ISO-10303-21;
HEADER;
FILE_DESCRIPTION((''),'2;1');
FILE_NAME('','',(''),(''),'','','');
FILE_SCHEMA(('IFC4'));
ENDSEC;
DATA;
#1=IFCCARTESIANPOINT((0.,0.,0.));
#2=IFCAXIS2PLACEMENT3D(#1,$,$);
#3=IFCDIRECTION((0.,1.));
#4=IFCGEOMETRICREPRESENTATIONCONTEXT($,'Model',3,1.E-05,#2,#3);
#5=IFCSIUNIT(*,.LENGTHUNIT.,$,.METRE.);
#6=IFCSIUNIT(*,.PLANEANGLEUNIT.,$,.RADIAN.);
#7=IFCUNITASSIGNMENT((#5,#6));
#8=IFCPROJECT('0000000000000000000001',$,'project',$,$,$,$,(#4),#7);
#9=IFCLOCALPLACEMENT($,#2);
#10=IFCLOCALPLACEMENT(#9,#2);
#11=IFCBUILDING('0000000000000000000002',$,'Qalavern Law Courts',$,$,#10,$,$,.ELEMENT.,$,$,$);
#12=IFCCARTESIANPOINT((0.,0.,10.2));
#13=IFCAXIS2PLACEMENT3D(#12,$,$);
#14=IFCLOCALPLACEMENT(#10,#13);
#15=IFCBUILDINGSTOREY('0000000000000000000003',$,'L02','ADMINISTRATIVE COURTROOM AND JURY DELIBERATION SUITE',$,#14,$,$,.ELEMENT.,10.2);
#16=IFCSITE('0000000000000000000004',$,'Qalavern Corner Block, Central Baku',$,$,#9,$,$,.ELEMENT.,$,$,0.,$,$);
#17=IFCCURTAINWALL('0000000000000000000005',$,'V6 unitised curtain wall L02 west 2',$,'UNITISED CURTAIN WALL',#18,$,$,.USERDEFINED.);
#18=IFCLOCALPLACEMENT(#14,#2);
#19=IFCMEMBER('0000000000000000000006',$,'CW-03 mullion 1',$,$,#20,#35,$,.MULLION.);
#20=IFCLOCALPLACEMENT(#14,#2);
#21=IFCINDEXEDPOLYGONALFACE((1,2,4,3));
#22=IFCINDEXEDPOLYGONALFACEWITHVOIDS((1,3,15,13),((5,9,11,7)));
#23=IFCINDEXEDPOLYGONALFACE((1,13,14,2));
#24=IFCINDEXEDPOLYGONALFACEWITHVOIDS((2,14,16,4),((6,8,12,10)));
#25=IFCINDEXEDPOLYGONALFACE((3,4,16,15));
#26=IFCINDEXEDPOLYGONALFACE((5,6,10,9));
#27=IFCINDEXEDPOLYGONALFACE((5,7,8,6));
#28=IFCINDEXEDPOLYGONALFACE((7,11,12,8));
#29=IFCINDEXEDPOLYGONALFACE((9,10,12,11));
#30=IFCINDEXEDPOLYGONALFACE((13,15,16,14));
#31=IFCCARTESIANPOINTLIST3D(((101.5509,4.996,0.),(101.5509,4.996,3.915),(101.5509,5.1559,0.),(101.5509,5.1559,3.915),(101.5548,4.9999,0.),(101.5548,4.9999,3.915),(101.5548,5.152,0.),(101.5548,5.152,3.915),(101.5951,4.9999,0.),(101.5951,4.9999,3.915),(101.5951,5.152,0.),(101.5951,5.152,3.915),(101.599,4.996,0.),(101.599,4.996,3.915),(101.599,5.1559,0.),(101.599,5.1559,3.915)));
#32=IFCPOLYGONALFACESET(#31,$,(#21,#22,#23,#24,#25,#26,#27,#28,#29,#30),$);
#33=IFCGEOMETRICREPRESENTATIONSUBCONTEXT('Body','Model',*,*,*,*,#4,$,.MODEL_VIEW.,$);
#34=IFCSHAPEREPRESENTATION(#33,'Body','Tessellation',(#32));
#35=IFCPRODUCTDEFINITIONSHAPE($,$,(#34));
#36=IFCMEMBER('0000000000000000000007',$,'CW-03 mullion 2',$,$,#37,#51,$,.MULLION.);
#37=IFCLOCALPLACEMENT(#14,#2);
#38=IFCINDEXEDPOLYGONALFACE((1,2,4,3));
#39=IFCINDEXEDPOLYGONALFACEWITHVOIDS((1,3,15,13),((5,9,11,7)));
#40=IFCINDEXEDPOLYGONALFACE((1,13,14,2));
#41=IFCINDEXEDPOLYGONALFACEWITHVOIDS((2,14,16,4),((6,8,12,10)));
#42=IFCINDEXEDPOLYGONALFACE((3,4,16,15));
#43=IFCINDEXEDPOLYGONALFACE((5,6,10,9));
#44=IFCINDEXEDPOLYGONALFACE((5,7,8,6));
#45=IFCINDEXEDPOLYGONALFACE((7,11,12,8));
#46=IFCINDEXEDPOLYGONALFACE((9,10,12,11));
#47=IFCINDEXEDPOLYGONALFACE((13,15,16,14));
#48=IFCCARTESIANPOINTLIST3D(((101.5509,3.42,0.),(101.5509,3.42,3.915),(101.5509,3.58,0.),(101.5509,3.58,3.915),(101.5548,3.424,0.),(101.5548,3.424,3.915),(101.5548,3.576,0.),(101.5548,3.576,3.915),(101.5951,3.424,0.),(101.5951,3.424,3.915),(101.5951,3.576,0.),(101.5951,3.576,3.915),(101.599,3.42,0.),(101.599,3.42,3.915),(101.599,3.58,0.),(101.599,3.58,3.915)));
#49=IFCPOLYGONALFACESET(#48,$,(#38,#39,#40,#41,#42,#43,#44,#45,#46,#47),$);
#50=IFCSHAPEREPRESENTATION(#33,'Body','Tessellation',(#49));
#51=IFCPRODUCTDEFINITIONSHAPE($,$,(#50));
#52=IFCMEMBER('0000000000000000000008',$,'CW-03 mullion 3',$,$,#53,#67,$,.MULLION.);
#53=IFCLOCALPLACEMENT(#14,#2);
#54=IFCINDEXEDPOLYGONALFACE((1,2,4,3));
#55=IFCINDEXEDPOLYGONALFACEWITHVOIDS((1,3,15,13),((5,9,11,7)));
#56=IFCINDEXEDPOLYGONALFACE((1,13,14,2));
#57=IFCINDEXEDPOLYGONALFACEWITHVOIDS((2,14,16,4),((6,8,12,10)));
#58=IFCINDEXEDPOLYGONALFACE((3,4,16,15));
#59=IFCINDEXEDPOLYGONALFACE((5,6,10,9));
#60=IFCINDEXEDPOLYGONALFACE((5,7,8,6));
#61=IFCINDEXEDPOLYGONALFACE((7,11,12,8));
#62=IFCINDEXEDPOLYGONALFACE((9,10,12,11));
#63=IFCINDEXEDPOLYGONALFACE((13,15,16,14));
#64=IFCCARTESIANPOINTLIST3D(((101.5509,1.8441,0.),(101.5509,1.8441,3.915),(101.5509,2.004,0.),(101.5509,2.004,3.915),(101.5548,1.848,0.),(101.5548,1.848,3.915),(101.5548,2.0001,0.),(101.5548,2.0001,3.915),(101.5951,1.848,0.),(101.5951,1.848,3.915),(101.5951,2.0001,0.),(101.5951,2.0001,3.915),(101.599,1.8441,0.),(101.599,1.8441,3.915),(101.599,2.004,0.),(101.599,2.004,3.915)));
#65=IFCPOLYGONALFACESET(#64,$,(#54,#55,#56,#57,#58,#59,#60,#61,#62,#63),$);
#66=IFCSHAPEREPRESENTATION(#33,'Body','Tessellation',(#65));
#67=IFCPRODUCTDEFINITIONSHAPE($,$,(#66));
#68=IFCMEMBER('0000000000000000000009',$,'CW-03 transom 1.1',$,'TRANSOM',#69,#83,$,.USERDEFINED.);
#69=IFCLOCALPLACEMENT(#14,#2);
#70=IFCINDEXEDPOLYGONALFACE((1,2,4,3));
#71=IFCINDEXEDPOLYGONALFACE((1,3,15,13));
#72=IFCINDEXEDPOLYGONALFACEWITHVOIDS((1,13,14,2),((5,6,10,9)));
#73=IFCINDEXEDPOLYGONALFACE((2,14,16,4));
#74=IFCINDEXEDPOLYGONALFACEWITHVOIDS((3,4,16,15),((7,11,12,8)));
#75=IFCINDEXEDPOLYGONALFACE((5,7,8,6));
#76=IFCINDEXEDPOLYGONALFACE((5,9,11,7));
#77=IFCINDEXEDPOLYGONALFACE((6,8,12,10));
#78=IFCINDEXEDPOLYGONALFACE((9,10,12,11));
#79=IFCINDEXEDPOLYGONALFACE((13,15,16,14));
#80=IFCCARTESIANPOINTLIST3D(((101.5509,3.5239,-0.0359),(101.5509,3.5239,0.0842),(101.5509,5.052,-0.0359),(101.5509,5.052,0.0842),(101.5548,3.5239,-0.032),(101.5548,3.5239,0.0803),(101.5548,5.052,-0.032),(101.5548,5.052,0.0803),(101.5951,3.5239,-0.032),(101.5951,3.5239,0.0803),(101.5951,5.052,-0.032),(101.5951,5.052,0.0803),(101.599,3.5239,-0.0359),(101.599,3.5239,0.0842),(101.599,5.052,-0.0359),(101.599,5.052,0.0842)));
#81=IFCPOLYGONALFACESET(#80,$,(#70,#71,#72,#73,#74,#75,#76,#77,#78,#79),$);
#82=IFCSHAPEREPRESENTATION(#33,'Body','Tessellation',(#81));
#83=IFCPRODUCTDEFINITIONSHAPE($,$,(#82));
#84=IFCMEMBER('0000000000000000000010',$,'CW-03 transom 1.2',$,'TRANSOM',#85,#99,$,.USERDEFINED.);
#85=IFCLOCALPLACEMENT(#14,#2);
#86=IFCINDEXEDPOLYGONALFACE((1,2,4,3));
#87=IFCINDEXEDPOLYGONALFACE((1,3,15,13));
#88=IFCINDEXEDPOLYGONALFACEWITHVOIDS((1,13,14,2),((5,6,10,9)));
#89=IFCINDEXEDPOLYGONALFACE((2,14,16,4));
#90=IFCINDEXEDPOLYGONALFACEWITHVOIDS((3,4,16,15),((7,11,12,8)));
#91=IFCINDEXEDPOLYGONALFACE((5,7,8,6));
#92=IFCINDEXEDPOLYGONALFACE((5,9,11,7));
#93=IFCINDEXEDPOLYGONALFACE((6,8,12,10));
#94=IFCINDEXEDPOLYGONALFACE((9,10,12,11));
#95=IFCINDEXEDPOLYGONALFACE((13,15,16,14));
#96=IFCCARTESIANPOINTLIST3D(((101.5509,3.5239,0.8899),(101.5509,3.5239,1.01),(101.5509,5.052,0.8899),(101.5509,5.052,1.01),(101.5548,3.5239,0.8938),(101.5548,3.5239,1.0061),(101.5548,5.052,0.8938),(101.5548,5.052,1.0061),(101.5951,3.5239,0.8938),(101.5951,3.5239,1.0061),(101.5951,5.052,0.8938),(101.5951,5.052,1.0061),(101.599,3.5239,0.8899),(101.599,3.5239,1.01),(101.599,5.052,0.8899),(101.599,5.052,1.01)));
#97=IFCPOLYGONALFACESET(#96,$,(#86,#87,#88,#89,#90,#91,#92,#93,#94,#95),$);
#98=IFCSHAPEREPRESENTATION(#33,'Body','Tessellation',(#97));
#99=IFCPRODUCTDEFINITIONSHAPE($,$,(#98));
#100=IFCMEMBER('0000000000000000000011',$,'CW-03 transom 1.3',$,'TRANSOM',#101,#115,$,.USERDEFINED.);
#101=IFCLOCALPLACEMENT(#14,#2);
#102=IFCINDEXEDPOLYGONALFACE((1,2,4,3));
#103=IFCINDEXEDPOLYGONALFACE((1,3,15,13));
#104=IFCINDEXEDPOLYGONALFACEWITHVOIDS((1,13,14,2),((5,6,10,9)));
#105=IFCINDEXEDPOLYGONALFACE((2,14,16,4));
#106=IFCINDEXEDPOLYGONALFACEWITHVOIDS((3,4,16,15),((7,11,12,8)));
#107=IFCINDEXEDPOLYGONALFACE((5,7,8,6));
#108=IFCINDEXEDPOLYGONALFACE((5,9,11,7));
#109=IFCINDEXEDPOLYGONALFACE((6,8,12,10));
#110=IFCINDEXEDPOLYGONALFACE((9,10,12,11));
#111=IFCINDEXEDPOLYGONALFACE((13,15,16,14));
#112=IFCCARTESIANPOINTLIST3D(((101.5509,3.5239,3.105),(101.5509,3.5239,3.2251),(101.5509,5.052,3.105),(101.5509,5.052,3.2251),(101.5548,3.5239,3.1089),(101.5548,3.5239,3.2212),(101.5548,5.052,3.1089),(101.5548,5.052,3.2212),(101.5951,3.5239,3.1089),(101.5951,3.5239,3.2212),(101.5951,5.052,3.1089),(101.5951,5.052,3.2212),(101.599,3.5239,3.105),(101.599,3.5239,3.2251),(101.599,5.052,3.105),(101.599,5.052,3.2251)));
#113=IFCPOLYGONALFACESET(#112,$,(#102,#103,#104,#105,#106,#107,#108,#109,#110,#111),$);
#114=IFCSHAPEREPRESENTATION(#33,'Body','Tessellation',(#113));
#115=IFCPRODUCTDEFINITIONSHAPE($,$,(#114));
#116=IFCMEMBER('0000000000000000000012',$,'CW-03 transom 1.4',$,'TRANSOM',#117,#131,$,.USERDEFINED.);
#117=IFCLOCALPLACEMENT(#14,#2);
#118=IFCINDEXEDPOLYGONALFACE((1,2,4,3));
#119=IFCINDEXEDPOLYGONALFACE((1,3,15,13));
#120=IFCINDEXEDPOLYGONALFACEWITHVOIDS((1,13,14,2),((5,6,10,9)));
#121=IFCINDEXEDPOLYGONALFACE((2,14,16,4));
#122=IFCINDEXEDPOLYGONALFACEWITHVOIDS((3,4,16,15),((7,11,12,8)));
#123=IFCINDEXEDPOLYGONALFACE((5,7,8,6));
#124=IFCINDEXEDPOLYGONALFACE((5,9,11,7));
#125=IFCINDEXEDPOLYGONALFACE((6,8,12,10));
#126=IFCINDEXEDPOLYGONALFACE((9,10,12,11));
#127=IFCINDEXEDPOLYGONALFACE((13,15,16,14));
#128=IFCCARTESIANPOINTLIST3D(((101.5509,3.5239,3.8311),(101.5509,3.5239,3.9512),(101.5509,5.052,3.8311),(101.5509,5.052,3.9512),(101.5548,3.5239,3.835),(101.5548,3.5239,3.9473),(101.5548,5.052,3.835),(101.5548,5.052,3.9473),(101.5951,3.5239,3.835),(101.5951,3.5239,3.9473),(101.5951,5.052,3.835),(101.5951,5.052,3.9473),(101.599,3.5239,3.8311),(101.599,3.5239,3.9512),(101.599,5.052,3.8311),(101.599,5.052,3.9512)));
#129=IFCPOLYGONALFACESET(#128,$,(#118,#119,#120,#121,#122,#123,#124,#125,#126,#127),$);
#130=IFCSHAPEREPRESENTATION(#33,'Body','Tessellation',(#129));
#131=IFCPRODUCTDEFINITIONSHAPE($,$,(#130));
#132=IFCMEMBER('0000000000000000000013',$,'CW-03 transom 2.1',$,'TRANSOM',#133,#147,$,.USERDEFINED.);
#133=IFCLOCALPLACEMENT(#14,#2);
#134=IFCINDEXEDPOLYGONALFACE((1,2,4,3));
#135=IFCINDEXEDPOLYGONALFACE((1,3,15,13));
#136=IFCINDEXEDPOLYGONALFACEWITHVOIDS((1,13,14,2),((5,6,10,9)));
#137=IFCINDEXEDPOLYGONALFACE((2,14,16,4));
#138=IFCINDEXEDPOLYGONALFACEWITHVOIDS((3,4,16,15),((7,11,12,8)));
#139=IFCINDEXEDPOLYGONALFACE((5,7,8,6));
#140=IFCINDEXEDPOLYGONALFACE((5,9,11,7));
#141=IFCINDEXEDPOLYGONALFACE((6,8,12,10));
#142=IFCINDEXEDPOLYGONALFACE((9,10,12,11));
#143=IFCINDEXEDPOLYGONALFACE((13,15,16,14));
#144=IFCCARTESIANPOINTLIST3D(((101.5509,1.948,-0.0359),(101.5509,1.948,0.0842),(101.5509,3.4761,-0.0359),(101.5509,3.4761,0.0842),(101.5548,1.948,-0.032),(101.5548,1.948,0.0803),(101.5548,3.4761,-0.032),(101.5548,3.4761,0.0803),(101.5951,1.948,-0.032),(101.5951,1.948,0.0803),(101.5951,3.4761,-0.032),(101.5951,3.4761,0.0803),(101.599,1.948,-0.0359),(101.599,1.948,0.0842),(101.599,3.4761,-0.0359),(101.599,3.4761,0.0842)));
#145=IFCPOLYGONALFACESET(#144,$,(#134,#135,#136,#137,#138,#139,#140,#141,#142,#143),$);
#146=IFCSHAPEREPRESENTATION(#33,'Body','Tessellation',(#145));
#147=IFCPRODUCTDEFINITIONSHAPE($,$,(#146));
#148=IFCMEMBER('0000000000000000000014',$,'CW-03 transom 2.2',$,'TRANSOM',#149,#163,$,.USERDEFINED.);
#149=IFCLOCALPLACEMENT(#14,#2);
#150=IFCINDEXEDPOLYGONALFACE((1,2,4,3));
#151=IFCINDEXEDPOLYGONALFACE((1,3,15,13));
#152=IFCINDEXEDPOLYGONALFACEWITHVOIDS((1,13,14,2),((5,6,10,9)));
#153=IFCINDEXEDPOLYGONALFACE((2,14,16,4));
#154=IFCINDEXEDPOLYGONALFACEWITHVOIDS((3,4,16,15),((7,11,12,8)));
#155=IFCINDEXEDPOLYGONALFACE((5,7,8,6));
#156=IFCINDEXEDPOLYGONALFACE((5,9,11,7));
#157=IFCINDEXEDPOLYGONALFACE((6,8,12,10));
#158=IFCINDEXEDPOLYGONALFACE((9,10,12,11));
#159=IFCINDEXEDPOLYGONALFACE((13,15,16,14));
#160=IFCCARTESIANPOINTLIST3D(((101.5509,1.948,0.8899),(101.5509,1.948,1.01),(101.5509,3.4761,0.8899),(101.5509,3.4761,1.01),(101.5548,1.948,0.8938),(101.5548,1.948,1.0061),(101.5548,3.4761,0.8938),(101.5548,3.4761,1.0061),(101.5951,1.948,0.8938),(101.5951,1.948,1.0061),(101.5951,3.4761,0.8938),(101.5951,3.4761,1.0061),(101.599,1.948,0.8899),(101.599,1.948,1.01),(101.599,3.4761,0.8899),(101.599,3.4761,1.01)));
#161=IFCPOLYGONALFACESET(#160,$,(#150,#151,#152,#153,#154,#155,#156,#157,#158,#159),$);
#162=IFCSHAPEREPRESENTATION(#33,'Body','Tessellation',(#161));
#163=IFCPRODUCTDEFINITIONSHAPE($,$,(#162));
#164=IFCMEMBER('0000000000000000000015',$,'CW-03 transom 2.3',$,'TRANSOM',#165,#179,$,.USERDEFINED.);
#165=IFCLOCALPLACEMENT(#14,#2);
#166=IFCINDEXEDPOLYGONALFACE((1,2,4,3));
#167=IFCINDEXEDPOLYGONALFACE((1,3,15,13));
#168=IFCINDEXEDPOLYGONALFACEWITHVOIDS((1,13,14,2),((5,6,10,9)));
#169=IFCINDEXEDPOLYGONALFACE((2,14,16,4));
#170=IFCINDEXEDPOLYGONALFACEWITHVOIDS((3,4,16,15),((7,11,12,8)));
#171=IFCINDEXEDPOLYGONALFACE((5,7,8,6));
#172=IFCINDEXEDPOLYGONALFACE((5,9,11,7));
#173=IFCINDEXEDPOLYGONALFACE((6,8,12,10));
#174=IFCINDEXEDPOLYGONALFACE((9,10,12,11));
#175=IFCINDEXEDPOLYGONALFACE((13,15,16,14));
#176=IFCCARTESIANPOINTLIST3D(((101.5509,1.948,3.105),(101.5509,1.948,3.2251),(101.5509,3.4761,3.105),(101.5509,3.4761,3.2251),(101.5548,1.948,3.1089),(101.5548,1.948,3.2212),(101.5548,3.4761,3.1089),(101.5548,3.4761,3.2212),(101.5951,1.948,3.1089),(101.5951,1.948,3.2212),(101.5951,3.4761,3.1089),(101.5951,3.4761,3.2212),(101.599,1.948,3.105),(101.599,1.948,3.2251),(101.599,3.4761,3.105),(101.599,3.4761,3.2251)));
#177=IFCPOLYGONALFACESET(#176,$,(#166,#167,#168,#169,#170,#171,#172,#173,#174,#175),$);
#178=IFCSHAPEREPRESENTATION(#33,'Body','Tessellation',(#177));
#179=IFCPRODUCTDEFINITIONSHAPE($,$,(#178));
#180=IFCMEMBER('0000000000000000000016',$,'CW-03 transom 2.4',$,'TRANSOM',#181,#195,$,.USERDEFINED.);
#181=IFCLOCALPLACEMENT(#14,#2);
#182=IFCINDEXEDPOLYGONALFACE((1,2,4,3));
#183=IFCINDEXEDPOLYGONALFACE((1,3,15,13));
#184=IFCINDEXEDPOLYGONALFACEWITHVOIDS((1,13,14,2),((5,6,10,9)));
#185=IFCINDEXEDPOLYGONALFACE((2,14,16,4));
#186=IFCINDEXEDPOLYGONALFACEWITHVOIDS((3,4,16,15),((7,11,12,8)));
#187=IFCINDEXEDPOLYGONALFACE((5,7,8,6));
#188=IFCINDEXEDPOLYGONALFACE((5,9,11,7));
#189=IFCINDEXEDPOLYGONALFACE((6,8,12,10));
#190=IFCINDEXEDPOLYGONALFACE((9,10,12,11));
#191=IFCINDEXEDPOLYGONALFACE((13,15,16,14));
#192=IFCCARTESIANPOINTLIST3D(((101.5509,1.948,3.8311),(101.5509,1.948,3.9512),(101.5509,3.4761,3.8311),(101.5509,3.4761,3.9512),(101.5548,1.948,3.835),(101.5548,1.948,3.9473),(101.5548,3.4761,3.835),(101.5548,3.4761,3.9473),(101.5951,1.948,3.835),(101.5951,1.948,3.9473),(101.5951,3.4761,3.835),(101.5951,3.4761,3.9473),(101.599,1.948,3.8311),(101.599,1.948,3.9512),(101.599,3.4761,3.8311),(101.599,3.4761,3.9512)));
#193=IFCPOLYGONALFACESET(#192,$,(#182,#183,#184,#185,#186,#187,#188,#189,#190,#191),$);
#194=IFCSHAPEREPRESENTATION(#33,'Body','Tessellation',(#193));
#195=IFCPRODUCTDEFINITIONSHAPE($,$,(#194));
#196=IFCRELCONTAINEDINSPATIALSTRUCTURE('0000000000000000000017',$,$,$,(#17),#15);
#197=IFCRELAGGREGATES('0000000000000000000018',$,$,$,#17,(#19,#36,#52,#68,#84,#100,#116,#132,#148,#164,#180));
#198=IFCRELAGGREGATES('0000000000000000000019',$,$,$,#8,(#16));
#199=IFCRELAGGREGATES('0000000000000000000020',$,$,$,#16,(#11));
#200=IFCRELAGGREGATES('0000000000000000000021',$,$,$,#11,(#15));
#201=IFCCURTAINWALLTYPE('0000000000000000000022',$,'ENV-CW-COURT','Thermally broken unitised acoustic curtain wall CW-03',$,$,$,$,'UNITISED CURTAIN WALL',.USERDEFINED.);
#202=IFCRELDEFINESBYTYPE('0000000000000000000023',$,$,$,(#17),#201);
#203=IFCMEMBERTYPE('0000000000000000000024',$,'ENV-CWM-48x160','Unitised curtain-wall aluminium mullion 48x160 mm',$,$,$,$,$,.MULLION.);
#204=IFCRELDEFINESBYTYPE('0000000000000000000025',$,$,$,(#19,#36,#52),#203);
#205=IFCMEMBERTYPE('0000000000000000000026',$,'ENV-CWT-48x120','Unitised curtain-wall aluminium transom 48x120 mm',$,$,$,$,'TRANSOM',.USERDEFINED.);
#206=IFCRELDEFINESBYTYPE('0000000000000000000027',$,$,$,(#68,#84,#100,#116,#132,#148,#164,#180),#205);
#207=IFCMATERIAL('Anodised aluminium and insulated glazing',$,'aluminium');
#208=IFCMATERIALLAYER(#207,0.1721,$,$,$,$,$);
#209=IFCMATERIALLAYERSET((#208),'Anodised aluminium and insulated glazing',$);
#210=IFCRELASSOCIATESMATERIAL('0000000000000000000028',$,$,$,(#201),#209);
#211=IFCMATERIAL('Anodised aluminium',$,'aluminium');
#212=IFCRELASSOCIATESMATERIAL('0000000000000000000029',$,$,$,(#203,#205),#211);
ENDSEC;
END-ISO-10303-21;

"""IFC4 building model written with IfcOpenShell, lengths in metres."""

from ifc_helpers import new_model, si_unit, direction, frame, origin, origin_2d, place, context, subcontext, project, spatial, hollow_rectangle, extrude, material, layer, layer_set, material_profile, profile_set, type_object, element, aggregate, save


model = new_model("IFC4")

# Units and contexts
model_context = context("Model", 3, precision=1e-05, world=origin(), true_north=direction((0.0, 1.0)))
body_context = subcontext(model_context, "Body", "Model", "MODEL_VIEW")
ifc_project = project(units=[si_unit("LENGTHUNIT", "METRE"), si_unit("PLANEANGLEUNIT", "RADIAN")], contexts=[model_context])

# Site, building, storey
site_placement = place(None, origin())
site = spatial("IfcSite", under=ifc_project, at=site_placement, Name="Qalavern Corner Block, Central Baku", CompositionType="ELEMENT", RefElevation=0.0)
building_placement = place(site_placement, origin())
building = spatial("IfcBuilding", under=site, at=building_placement, Name="Qalavern Law Courts", CompositionType="ELEMENT")
storey_placement = place(building_placement, frame((0.0, 0.0, 10.2)))
storey = spatial("IfcBuildingStorey", under=building, at=storey_placement, Name="L02", Description="ADMINISTRATIVE COURTROOM AND JURY DELIBERATION SUITE", CompositionType="ELEMENT", Elevation=10.2)

# Curtain wall, members
ifc_material_1 = material(Name="Anodised aluminium and insulated glazing", Category="aluminium")
ifc_layer_1 = layer(ifc_material_1, 0.1721)
ifc_layer_set_1 = layer_set([ifc_layer_1], Name="Anodised aluminium and insulated glazing")
curtain_wall_type = type_object("IfcCurtainWallType", Name="ENV-CW-COURT", Description="Thermally broken unitised acoustic curtain wall CW-03", ElementType="UNITISED CURTAIN WALL", PredefinedType="USERDEFINED", material=ifc_layer_set_1)
curtain_wall_placement = place(storey_placement, origin())
curtain_wall = element("IfcCurtainWall", 1, at=curtain_wall_placement, inside=storey, type_object=curtain_wall_type, Name="V6 unitised curtain wall L02 west 2", ObjectType="UNITISED CURTAIN WALL", PredefinedType="USERDEFINED")
ifc_material_2 = material(Name="Anodised aluminium", Category="aluminium")
ifc_material_profile_1 = material_profile(ifc_material_2, hollow_rectangle(XDim=0.0481, YDim=0.1599, WallThickness=0.0039, at=origin_2d()), Name="ALU MULLION 48x160")
ifc_profile_set_1 = profile_set([ifc_material_profile_1], Name="Anodised aluminium")
member_type_1 = type_object("IfcMemberType", Name="ENV-CWM-48x160", Description="Unitised curtain-wall aluminium mullion 48x160 mm", PredefinedType="MULLION", material=ifc_profile_set_1)
member_1_placement = place(storey_placement, frame((101.575, 5.0759, 0.0), z_axis=(0.0, 0.0, 1.0), x_axis=(1.0, 0.0, 0.0)))
member_1 = element("IfcMember", 2, at=member_1_placement, type_object=member_type_1, Name="CW-03 mullion 1", PredefinedType="MULLION", context=body_context, shape_type="SweptSolid", body=[
    extrude(hollow_rectangle(XDim=0.0481, YDim=0.1599, WallThickness=0.0039, at=origin_2d()), origin(), (0.0, 0.0, 1.0), 3.915),
])
member_2_placement = place(storey_placement, frame((101.575, 3.5, 0.0), z_axis=(0.0, 0.0, 1.0), x_axis=(1.0, 0.0, 0.0)))
member_2 = element("IfcMember", 3, at=member_2_placement, type_object=member_type_1, Name="CW-03 mullion 2", PredefinedType="MULLION", context=body_context, shape_type="SweptSolid", body=[
    extrude(hollow_rectangle(XDim=0.0481, YDim=0.1599, WallThickness=0.0039, at=origin_2d()), origin(), (0.0, 0.0, 1.0), 3.915),
])
member_3_placement = place(storey_placement, frame((101.575, 1.9241, 0.0), z_axis=(0.0, 0.0, 1.0), x_axis=(1.0, 0.0, 0.0)))
member_3 = element("IfcMember", 4, at=member_3_placement, type_object=member_type_1, Name="CW-03 mullion 3", PredefinedType="MULLION", context=body_context, shape_type="SweptSolid", body=[
    extrude(hollow_rectangle(XDim=0.0481, YDim=0.1599, WallThickness=0.0039, at=origin_2d()), origin(), (0.0, 0.0, 1.0), 3.915),
])
ifc_material_profile_2 = material_profile(ifc_material_2, hollow_rectangle(XDim=0.0481, YDim=0.1201, WallThickness=0.0039, at=origin_2d()), Name="ALU TRANSOM 48x120")
ifc_profile_set_2 = profile_set([ifc_material_profile_2], Name="Anodised aluminium")
member_type_2 = type_object("IfcMemberType", Name="ENV-CWT-48x120", Description="Unitised curtain-wall aluminium transom 48x120 mm", ElementType="TRANSOM", PredefinedType="USERDEFINED", material=ifc_profile_set_2)
member_4_placement = place(storey_placement, frame((101.575, 5.052, 0.0242), z_axis=(0.0, -1.0, 0.0), x_axis=(1.0, 0.0, 0.0)))
member_4 = element("IfcMember", 5, at=member_4_placement, type_object=member_type_2, Name="CW-03 transom 1.1", ObjectType="TRANSOM", PredefinedType="USERDEFINED", context=body_context, shape_type="SweptSolid", body=[
    extrude(hollow_rectangle(XDim=0.0481, YDim=0.1201, WallThickness=0.0039, at=origin_2d()), origin(), (0.0, 0.0, 1.0), 1.5281),
])
member_5_placement = place(storey_placement, frame((101.575, 5.052, 0.95), z_axis=(0.0, -1.0, 0.0), x_axis=(1.0, 0.0, 0.0)))
member_5 = element("IfcMember", 6, at=member_5_placement, type_object=member_type_2, Name="CW-03 transom 1.2", ObjectType="TRANSOM", PredefinedType="USERDEFINED", context=body_context, shape_type="SweptSolid", body=[
    extrude(hollow_rectangle(XDim=0.0481, YDim=0.1201, WallThickness=0.0039, at=origin_2d()), origin(), (0.0, 0.0, 1.0), 1.5281),
])
member_6_placement = place(storey_placement, frame((101.575, 5.052, 3.165), z_axis=(0.0, -1.0, 0.0), x_axis=(1.0, 0.0, 0.0)))
member_6 = element("IfcMember", 7, at=member_6_placement, type_object=member_type_2, Name="CW-03 transom 1.3", ObjectType="TRANSOM", PredefinedType="USERDEFINED", context=body_context, shape_type="SweptSolid", body=[
    extrude(hollow_rectangle(XDim=0.0481, YDim=0.1201, WallThickness=0.0039, at=origin_2d()), origin(), (0.0, 0.0, 1.0), 1.5281),
])
member_7_placement = place(storey_placement, frame((101.575, 5.052, 3.8911), z_axis=(0.0, -1.0, 0.0), x_axis=(1.0, 0.0, 0.0)))
member_7 = element("IfcMember", 8, at=member_7_placement, type_object=member_type_2, Name="CW-03 transom 1.4", ObjectType="TRANSOM", PredefinedType="USERDEFINED", context=body_context, shape_type="SweptSolid", body=[
    extrude(hollow_rectangle(XDim=0.0481, YDim=0.1201, WallThickness=0.0039, at=origin_2d()), origin(), (0.0, 0.0, 1.0), 1.5281),
])
member_8_placement = place(storey_placement, frame((101.575, 3.4761, 0.0242), z_axis=(0.0, -1.0, 0.0), x_axis=(1.0, 0.0, 0.0)))
member_8 = element("IfcMember", 9, at=member_8_placement, type_object=member_type_2, Name="CW-03 transom 2.1", ObjectType="TRANSOM", PredefinedType="USERDEFINED", context=body_context, shape_type="SweptSolid", body=[
    extrude(hollow_rectangle(XDim=0.0481, YDim=0.1201, WallThickness=0.0039, at=origin_2d()), origin(), (0.0, 0.0, 1.0), 1.5281),
])
member_9_placement = place(storey_placement, frame((101.575, 3.4761, 0.95), z_axis=(0.0, -1.0, 0.0), x_axis=(1.0, 0.0, 0.0)))
member_9 = element("IfcMember", 10, at=member_9_placement, type_object=member_type_2, Name="CW-03 transom 2.2", ObjectType="TRANSOM", PredefinedType="USERDEFINED", context=body_context, shape_type="SweptSolid", body=[
    extrude(hollow_rectangle(XDim=0.0481, YDim=0.1201, WallThickness=0.0039, at=origin_2d()), origin(), (0.0, 0.0, 1.0), 1.5281),
])
member_10_placement = place(storey_placement, frame((101.575, 3.4761, 3.165), z_axis=(0.0, -1.0, 0.0), x_axis=(1.0, 0.0, 0.0)))
member_10 = element("IfcMember", 11, at=member_10_placement, type_object=member_type_2, Name="CW-03 transom 2.3", ObjectType="TRANSOM", PredefinedType="USERDEFINED", context=body_context, shape_type="SweptSolid", body=[
    extrude(hollow_rectangle(XDim=0.0481, YDim=0.1201, WallThickness=0.0039, at=origin_2d()), origin(), (0.0, 0.0, 1.0), 1.5281),
])
member_11_placement = place(storey_placement, frame((101.575, 3.4761, 3.8911), z_axis=(0.0, -1.0, 0.0), x_axis=(1.0, 0.0, 0.0)))
member_11 = element("IfcMember", 12, at=member_11_placement, type_object=member_type_2, Name="CW-03 transom 2.4", ObjectType="TRANSOM", PredefinedType="USERDEFINED", context=body_context, shape_type="SweptSolid", body=[
    extrude(hollow_rectangle(XDim=0.0481, YDim=0.1201, WallThickness=0.0039, at=origin_2d()), origin(), (0.0, 0.0, 1.0), 1.5281),
])

aggregate(curtain_wall, [member_1, member_2, member_3, member_4, member_5, member_6, member_7, member_8, member_9, member_10, member_11])

save(model, "model.ifc")
